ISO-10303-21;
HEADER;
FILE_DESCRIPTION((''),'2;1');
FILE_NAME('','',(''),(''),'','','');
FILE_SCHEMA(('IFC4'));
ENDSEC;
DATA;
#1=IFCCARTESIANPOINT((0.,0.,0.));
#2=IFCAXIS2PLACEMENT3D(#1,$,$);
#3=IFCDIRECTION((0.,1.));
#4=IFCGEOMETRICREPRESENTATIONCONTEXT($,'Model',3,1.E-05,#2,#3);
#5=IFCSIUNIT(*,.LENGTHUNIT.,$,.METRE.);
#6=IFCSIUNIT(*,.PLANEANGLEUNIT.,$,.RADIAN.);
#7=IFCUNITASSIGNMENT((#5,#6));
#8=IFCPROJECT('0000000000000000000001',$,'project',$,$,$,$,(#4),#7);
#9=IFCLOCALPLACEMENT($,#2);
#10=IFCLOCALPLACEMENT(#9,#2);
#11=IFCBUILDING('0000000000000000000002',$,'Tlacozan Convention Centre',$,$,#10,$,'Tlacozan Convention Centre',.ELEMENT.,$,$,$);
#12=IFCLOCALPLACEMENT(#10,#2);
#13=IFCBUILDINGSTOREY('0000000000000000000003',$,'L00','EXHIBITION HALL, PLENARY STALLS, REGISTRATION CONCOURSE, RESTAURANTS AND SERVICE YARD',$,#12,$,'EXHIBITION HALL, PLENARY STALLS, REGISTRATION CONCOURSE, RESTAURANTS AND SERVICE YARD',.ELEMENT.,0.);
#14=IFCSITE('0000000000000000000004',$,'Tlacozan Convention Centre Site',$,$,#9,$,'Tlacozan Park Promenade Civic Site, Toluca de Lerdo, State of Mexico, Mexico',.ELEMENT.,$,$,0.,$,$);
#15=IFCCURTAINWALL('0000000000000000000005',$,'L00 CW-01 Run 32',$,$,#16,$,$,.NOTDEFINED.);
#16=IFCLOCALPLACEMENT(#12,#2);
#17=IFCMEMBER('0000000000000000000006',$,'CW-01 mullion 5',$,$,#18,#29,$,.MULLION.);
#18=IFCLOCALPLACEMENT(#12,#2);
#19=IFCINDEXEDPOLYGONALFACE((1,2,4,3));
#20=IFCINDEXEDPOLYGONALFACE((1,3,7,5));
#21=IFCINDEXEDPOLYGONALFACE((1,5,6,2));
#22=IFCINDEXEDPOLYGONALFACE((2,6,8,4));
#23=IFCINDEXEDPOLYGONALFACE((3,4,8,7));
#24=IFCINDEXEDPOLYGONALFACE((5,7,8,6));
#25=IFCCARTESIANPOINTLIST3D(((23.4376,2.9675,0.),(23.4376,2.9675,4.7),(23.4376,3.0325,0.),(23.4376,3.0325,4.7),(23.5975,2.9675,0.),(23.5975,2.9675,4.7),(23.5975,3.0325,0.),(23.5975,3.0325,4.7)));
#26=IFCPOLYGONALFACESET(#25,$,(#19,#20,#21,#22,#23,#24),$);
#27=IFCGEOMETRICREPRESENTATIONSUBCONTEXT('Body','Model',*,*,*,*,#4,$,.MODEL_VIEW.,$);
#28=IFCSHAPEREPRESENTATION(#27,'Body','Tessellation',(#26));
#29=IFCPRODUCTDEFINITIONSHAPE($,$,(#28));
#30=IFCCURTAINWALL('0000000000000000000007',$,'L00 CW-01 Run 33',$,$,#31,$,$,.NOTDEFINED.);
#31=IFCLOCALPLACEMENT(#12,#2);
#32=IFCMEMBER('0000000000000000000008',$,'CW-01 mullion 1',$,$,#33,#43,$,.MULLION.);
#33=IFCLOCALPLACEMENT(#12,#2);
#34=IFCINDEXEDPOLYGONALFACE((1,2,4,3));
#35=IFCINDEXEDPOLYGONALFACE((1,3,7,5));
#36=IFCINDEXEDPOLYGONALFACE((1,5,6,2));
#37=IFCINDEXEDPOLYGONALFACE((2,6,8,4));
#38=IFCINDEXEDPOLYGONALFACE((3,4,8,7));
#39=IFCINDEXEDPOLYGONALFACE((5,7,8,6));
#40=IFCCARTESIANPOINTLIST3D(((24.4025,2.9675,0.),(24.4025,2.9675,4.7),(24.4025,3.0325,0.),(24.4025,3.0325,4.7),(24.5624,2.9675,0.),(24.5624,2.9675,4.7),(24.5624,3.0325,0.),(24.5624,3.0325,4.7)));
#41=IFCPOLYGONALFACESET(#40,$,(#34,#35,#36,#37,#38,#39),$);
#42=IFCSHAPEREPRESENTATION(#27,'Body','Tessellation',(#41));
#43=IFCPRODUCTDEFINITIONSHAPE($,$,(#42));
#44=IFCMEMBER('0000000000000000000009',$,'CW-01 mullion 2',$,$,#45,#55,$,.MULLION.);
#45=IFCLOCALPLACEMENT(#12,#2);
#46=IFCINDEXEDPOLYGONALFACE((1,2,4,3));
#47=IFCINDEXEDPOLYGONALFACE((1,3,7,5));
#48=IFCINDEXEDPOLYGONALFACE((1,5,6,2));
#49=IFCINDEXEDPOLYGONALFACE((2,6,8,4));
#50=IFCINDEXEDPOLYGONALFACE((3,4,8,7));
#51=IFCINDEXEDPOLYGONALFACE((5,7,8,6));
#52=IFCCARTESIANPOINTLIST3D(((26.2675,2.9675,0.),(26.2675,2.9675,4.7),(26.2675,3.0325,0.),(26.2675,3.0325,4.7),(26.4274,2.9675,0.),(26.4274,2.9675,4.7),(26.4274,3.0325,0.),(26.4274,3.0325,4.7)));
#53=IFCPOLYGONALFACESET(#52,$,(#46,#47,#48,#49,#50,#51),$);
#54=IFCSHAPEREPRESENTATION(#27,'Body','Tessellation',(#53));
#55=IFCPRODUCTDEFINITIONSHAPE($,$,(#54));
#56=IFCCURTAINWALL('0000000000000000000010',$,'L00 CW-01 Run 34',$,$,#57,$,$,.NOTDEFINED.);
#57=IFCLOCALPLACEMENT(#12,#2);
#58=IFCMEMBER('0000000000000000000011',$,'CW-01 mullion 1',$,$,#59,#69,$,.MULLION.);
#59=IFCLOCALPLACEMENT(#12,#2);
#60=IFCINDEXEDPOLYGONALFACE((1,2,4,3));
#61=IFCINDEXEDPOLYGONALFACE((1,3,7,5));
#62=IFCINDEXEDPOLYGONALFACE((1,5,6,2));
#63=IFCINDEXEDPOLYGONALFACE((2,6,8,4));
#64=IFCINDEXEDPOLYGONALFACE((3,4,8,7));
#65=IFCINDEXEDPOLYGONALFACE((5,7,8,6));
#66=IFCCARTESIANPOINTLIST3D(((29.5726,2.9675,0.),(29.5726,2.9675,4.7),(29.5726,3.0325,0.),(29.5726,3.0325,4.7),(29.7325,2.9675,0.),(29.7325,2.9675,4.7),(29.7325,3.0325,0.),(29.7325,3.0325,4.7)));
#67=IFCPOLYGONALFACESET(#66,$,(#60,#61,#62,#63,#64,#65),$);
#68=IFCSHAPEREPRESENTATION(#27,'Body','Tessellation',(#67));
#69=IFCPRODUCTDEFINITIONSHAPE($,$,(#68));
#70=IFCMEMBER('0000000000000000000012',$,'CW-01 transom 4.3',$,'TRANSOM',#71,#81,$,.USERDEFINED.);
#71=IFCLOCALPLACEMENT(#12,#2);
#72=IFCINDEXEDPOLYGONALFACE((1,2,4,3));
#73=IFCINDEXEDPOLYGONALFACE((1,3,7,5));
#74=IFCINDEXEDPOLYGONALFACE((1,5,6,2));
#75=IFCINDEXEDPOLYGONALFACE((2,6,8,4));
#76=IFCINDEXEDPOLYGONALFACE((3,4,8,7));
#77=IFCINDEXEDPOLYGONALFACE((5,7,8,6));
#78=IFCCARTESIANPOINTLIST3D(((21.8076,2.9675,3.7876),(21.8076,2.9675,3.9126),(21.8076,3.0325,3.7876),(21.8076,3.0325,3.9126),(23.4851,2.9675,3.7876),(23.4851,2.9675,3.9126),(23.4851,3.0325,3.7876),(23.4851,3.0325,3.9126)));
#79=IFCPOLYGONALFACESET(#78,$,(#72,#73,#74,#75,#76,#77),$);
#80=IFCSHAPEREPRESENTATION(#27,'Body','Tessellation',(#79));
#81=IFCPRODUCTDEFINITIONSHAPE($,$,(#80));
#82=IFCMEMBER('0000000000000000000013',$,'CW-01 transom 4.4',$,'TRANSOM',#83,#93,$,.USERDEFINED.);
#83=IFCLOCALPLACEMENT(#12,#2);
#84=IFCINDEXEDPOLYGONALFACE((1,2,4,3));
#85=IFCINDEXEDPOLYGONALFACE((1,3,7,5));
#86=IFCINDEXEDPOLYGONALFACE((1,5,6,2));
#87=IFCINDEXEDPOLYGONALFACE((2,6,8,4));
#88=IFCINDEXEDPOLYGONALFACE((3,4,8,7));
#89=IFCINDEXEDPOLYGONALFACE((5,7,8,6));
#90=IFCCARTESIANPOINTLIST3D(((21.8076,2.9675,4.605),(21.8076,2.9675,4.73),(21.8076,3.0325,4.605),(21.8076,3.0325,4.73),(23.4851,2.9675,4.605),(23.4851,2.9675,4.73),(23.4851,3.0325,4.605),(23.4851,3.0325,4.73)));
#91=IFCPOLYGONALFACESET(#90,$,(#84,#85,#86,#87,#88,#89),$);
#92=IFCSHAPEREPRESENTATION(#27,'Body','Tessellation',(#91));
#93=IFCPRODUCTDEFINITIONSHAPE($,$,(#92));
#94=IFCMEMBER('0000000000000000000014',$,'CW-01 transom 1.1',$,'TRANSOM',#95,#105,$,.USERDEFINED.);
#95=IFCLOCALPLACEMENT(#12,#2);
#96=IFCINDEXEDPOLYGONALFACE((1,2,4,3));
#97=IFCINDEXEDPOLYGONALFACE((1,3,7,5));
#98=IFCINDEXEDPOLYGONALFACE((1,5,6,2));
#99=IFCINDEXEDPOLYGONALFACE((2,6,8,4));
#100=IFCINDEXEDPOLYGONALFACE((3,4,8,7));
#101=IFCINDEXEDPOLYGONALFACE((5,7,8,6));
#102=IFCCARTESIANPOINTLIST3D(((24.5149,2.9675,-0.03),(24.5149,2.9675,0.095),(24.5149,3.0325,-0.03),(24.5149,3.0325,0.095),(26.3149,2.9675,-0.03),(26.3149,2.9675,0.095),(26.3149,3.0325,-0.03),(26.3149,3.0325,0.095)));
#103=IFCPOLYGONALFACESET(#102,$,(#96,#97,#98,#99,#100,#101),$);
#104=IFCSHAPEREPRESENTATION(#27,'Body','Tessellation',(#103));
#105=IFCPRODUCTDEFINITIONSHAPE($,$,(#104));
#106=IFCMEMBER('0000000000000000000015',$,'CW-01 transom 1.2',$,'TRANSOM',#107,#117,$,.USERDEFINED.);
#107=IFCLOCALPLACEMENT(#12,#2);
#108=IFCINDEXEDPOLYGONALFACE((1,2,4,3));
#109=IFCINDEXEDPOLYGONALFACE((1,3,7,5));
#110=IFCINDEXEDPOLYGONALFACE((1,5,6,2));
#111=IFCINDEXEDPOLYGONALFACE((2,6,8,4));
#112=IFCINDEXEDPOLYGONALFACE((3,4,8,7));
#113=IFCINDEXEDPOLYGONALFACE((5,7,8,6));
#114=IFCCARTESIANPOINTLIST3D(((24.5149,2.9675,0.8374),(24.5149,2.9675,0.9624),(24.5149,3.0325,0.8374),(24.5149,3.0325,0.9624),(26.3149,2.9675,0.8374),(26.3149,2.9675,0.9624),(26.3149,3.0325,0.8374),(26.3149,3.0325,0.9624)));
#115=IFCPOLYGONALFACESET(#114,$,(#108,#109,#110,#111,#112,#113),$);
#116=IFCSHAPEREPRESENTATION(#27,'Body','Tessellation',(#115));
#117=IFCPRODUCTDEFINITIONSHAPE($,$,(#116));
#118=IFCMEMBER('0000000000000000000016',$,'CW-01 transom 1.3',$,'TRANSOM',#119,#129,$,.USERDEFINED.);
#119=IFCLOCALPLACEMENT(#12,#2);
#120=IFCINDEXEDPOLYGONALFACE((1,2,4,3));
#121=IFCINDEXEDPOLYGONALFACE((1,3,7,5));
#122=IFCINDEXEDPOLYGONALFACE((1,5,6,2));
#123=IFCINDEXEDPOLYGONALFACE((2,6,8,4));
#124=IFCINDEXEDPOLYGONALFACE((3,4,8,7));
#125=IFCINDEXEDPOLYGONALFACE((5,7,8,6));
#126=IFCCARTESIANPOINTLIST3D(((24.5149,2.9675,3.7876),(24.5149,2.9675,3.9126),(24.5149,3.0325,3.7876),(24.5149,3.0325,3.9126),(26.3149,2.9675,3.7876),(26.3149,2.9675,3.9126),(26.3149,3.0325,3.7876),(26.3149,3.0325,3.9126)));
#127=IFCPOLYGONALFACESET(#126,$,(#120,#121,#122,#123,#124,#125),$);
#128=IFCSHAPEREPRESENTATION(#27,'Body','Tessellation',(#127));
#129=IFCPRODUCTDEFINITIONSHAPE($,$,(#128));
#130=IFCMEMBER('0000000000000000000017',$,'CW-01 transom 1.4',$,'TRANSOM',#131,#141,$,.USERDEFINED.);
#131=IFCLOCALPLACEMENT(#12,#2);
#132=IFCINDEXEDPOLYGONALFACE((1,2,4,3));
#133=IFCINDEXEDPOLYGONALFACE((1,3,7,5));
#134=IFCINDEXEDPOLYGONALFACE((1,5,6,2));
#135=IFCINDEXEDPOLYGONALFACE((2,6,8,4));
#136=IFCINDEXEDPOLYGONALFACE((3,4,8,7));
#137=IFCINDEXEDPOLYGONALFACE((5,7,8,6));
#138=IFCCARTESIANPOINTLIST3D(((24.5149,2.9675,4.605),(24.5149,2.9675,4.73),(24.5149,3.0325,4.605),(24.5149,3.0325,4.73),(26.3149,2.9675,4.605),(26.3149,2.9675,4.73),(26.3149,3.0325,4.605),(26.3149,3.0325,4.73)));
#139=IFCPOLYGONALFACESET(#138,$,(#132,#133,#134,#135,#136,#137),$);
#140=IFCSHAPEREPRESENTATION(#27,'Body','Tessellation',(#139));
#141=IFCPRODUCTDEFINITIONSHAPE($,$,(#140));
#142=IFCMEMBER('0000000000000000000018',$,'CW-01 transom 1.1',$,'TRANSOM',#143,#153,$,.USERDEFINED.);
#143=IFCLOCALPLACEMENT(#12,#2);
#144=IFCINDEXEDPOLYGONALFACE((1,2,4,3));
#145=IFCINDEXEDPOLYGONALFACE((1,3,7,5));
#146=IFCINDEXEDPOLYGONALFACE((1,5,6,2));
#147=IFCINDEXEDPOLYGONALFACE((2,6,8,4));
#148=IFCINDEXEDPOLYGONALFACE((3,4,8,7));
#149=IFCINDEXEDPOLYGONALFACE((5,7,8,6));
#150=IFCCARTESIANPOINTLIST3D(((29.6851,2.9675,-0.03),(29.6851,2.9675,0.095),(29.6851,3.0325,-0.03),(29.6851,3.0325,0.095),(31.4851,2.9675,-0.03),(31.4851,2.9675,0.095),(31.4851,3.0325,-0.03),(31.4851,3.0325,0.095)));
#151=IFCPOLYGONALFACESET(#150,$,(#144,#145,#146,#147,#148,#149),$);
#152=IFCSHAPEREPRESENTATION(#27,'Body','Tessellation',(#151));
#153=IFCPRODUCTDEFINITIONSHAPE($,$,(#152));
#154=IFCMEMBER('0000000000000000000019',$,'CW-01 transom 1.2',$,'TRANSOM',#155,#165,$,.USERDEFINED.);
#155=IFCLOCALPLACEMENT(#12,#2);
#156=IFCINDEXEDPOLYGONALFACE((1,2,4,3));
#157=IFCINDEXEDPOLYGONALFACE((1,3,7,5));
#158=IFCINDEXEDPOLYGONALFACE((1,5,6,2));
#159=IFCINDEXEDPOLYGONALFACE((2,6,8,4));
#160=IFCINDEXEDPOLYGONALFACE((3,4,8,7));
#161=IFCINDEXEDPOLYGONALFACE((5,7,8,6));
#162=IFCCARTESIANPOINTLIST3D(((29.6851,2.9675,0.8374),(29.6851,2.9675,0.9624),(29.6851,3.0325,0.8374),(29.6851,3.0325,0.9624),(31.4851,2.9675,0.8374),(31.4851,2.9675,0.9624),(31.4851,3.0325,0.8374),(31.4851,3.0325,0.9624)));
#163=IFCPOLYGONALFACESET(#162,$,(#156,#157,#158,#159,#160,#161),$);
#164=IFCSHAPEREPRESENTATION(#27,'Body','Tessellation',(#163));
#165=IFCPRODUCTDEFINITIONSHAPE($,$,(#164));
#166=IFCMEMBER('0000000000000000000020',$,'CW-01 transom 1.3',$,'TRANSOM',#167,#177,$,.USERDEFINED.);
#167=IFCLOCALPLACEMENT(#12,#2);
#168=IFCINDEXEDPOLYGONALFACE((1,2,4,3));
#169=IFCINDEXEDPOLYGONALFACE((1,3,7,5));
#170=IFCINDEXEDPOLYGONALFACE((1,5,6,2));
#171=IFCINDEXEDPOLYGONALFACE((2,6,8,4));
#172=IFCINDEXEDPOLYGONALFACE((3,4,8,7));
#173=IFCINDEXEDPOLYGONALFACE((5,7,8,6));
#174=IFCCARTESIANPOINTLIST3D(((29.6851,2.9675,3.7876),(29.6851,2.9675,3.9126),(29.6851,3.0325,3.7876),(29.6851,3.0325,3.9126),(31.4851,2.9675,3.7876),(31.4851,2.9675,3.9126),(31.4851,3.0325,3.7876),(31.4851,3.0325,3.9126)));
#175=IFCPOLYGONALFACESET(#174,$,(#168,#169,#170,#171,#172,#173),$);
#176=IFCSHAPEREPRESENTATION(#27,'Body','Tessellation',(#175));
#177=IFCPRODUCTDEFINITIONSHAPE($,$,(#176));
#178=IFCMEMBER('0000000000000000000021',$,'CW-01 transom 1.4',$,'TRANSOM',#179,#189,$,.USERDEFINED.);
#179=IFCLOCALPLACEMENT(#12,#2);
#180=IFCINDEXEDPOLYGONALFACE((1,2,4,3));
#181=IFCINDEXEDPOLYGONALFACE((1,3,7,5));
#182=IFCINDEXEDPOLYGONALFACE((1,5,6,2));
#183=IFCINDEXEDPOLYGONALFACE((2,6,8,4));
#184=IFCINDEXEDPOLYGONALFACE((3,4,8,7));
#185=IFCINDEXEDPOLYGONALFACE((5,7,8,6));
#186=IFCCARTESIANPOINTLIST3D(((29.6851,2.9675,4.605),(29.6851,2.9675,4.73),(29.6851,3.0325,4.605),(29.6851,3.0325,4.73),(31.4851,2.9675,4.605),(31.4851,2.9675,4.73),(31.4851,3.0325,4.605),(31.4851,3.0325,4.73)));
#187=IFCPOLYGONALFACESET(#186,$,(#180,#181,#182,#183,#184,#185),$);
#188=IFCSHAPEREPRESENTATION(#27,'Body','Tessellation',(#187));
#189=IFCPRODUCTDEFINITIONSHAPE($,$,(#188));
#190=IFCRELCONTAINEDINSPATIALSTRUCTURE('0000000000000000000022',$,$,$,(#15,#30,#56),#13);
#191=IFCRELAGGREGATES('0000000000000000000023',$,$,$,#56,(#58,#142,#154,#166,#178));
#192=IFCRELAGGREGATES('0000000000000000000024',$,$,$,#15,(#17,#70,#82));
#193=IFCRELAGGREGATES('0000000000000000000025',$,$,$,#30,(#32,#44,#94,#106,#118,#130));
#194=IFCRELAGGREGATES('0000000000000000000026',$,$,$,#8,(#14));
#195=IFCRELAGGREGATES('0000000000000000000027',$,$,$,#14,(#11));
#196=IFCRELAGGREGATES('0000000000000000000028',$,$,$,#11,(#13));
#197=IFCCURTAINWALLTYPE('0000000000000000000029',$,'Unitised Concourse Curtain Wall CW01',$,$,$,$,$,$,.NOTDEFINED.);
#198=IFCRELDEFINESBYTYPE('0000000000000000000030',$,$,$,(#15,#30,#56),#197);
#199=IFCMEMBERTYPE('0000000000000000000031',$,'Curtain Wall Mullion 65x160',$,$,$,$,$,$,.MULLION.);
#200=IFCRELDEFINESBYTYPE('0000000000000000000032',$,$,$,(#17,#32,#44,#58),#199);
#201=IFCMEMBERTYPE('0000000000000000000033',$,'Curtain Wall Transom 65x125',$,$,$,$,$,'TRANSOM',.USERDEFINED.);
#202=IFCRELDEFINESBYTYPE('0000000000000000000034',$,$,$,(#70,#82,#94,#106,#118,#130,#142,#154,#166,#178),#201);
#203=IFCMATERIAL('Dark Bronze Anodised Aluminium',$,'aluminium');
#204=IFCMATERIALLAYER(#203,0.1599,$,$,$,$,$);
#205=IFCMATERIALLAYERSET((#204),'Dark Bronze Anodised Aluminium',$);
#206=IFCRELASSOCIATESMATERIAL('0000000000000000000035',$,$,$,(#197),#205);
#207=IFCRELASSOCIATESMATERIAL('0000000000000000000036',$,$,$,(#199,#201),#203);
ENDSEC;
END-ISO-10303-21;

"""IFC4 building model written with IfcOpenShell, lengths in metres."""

from ifc_helpers import new_model, si_unit, direction, frame, origin, origin_2d, place, context, subcontext, project, spatial, rectangle, extrude, material, layer, layer_set, material_profile, profile_set, type_object, element, aggregate, save


model = new_model("IFC4")

# Units and contexts
model_context = context("Model", 3, precision=1e-05, world=origin(), true_north=direction((0.0, 1.0)))
body_context = subcontext(model_context, "Body", "Model", "MODEL_VIEW")
ifc_project = project(units=[si_unit("LENGTHUNIT", "METRE"), si_unit("PLANEANGLEUNIT", "RADIAN")], contexts=[model_context])

# Site, building, storey
site_placement = place(None, origin())
site = spatial("IfcSite", under=ifc_project, at=site_placement, Name="Tlacozan Convention Centre Site", LongName="Tlacozan Park Promenade Civic Site, Toluca de Lerdo, State of Mexico, Mexico", CompositionType="ELEMENT", RefElevation=0.0)
building_placement = place(site_placement, origin())
building = spatial("IfcBuilding", under=site, at=building_placement, Name="Tlacozan Convention Centre", LongName="Tlacozan Convention Centre", CompositionType="ELEMENT")
storey_placement = place(building_placement, origin())
storey = spatial("IfcBuildingStorey", under=building, at=storey_placement, Name="L00", Description="EXHIBITION HALL, PLENARY STALLS, REGISTRATION CONCOURSE, RESTAURANTS AND SERVICE YARD", LongName="EXHIBITION HALL, PLENARY STALLS, REGISTRATION CONCOURSE, RESTAURANTS AND SERVICE YARD", CompositionType="ELEMENT", Elevation=0.0)

# Curtain wall, member
ifc_material_1 = material(Name="Dark Bronze Anodised Aluminium", Category="aluminium")
ifc_layer_1 = layer(ifc_material_1, 0.1599)
ifc_layer_set_1 = layer_set([ifc_layer_1], Name="Dark Bronze Anodised Aluminium")
curtain_wall_type = type_object("IfcCurtainWallType", Name="Unitised Concourse Curtain Wall CW01", PredefinedType="NOTDEFINED", material=ifc_layer_set_1)
curtain_wall_1_placement = place(storey_placement, origin())
curtain_wall_1 = element("IfcCurtainWall", 1, at=curtain_wall_1_placement, inside=storey, type_object=curtain_wall_type, Name="L00 CW-01 Run 32", PredefinedType="NOTDEFINED")
ifc_material_profile_1 = material_profile(ifc_material_1, rectangle(XDim=0.0649, YDim=0.1599, at=origin_2d()), Name="ALU 65x160")
ifc_profile_set_1 = profile_set([ifc_material_profile_1], Name="Dark Bronze Anodised Aluminium")
member_type_1 = type_object("IfcMemberType", Name="Curtain Wall Mullion 65x160", PredefinedType="MULLION", material=ifc_profile_set_1)
member_1_placement = place(storey_placement, frame((23.5176, 3.0, 0.0), z_axis=(0.0, 0.0, 1.0), x_axis=(0.0, 1.0, 0.0)))
member_1 = element("IfcMember", 2, at=member_1_placement, type_object=member_type_1, Name="CW-01 mullion 5", PredefinedType="MULLION", context=body_context, shape_type="SweptSolid", body=[
    extrude(rectangle(XDim=0.0649, YDim=0.1599, at=origin_2d()), origin(), (0.0, 0.0, 1.0), 4.7),
])

# Curtain wall, members
curtain_wall_2_placement = place(storey_placement, origin())
curtain_wall_2 = element("IfcCurtainWall", 3, at=curtain_wall_2_placement, inside=storey, type_object=curtain_wall_type, Name="L00 CW-01 Run 33", PredefinedType="NOTDEFINED")
member_2_placement = place(storey_placement, frame((24.4824, 3.0, 0.0), z_axis=(0.0, 0.0, 1.0), x_axis=(0.0, 1.0, 0.0)))
member_2 = element("IfcMember", 4, at=member_2_placement, type_object=member_type_1, Name="CW-01 mullion 1", PredefinedType="MULLION", context=body_context, shape_type="SweptSolid", body=[
    extrude(rectangle(XDim=0.0649, YDim=0.1599, at=origin_2d()), origin(), (0.0, 0.0, 1.0), 4.7),
])
member_3_placement = place(storey_placement, frame((26.3474, 3.0, 0.0), z_axis=(0.0, 0.0, 1.0), x_axis=(0.0, 1.0, 0.0)))
member_3 = element("IfcMember", 5, at=member_3_placement, type_object=member_type_1, Name="CW-01 mullion 2", PredefinedType="MULLION", context=body_context, shape_type="SweptSolid", body=[
    extrude(rectangle(XDim=0.0649, YDim=0.1599, at=origin_2d()), origin(), (0.0, 0.0, 1.0), 4.7),
])

# Curtain wall, member
curtain_wall_3_placement = place(storey_placement, origin())
curtain_wall_3 = element("IfcCurtainWall", 6, at=curtain_wall_3_placement, inside=storey, type_object=curtain_wall_type, Name="L00 CW-01 Run 34", PredefinedType="NOTDEFINED")
member_4_placement = place(storey_placement, frame((29.6526, 3.0, 0.0), z_axis=(0.0, 0.0, 1.0), x_axis=(0.0, 1.0, 0.0)))
member_4 = element("IfcMember", 7, at=member_4_placement, type_object=member_type_1, Name="CW-01 mullion 1", PredefinedType="MULLION", context=body_context, shape_type="SweptSolid", body=[
    extrude(rectangle(XDim=0.0649, YDim=0.1599, at=origin_2d()), origin(), (0.0, 0.0, 1.0), 4.7),
])

# Members
ifc_material_profile_2 = material_profile(ifc_material_1, rectangle(XDim=0.0649, YDim=0.125, at=origin_2d()), Name="ALU 65x125")
ifc_profile_set_2 = profile_set([ifc_material_profile_2], Name="Dark Bronze Anodised Aluminium")
member_type_2 = type_object("IfcMemberType", Name="Curtain Wall Transom 65x125", ElementType="TRANSOM", PredefinedType="USERDEFINED", material=ifc_profile_set_2)
member_5_placement = place(storey_placement, frame((21.8076, 3.0, 3.8501), z_axis=(1.0, 0.0, 0.0), x_axis=(0.0, 1.0, 0.0)))
member_5 = element("IfcMember", 8, at=member_5_placement, type_object=member_type_2, Name="CW-01 transom 4.3", ObjectType="TRANSOM", PredefinedType="USERDEFINED", context=body_context, shape_type="SweptSolid", body=[
    extrude(rectangle(XDim=0.0649, YDim=0.125, at=origin_2d()), origin(), (0.0, 0.0, 1.0), 1.6775),
])
member_6_placement = place(storey_placement, frame((21.8076, 3.0, 4.6675), z_axis=(1.0, 0.0, 0.0), x_axis=(0.0, 1.0, 0.0)))
member_6 = element("IfcMember", 9, at=member_6_placement, type_object=member_type_2, Name="CW-01 transom 4.4", ObjectType="TRANSOM", PredefinedType="USERDEFINED", context=body_context, shape_type="SweptSolid", body=[
    extrude(rectangle(XDim=0.0649, YDim=0.125, at=origin_2d()), origin(), (0.0, 0.0, 1.0), 1.6775),
])
member_7_placement = place(storey_placement, frame((24.5149, 3.0, 0.0325), z_axis=(1.0, 0.0, 0.0), x_axis=(0.0, 1.0, 0.0)))
member_7 = element("IfcMember", 10, at=member_7_placement, type_object=member_type_2, Name="CW-01 transom 1.1", ObjectType="TRANSOM", PredefinedType="USERDEFINED", context=body_context, shape_type="SweptSolid", body=[
    extrude(rectangle(XDim=0.0649, YDim=0.125, at=origin_2d()), origin(), (0.0, 0.0, 1.0), 1.8),
])
member_8_placement = place(storey_placement, frame((24.5149, 3.0, 0.8999), z_axis=(1.0, 0.0, 0.0), x_axis=(0.0, 1.0, 0.0)))
member_8 = element("IfcMember", 11, at=member_8_placement, type_object=member_type_2, Name="CW-01 transom 1.2", ObjectType="TRANSOM", PredefinedType="USERDEFINED", context=body_context, shape_type="SweptSolid", body=[
    extrude(rectangle(XDim=0.0649, YDim=0.125, at=origin_2d()), origin(), (0.0, 0.0, 1.0), 1.8),
])
member_9_placement = place(storey_placement, frame((24.5149, 3.0, 3.8501), z_axis=(1.0, 0.0, 0.0), x_axis=(0.0, 1.0, 0.0)))
member_9 = element("IfcMember", 12, at=member_9_placement, type_object=member_type_2, Name="CW-01 transom 1.3", ObjectType="TRANSOM", PredefinedType="USERDEFINED", context=body_context, shape_type="SweptSolid", body=[
    extrude(rectangle(XDim=0.0649, YDim=0.125, at=origin_2d()), origin(), (0.0, 0.0, 1.0), 1.8),
])
member_10_placement = place(storey_placement, frame((24.5149, 3.0, 4.6675), z_axis=(1.0, 0.0, 0.0), x_axis=(0.0, 1.0, 0.0)))
member_10 = element("IfcMember", 13, at=member_10_placement, type_object=member_type_2, Name="CW-01 transom 1.4", ObjectType="TRANSOM", PredefinedType="USERDEFINED", context=body_context, shape_type="SweptSolid", body=[
    extrude(rectangle(XDim=0.0649, YDim=0.125, at=origin_2d()), origin(), (0.0, 0.0, 1.0), 1.8),
])
member_11_placement = place(storey_placement, frame((29.6851, 3.0, 0.0325), z_axis=(1.0, 0.0, 0.0), x_axis=(0.0, 1.0, 0.0)))
member_11 = element("IfcMember", 14, at=member_11_placement, type_object=member_type_2, Name="CW-01 transom 1.1", ObjectType="TRANSOM", PredefinedType="USERDEFINED", context=body_context, shape_type="SweptSolid", body=[
    extrude(rectangle(XDim=0.0649, YDim=0.125, at=origin_2d()), origin(), (0.0, 0.0, 1.0), 1.8),
])
member_12_placement = place(storey_placement, frame((29.6851, 3.0, 0.8999), z_axis=(1.0, 0.0, 0.0), x_axis=(0.0, 1.0, 0.0)))
member_12 = element("IfcMember", 15, at=member_12_placement, type_object=member_type_2, Name="CW-01 transom 1.2", ObjectType="TRANSOM", PredefinedType="USERDEFINED", context=body_context, shape_type="SweptSolid", body=[
    extrude(rectangle(XDim=0.0649, YDim=0.125, at=origin_2d()), origin(), (0.0, 0.0, 1.0), 1.8),
])
member_13_placement = place(storey_placement, frame((29.6851, 3.0, 3.8501), z_axis=(1.0, 0.0, 0.0), x_axis=(0.0, 1.0, 0.0)))
member_13 = element("IfcMember", 16, at=member_13_placement, type_object=member_type_2, Name="CW-01 transom 1.3", ObjectType="TRANSOM", PredefinedType="USERDEFINED", context=body_context, shape_type="SweptSolid", body=[
    extrude(rectangle(XDim=0.0649, YDim=0.125, at=origin_2d()), origin(), (0.0, 0.0, 1.0), 1.8),
])
member_14_placement = place(storey_placement, frame((29.6851, 3.0, 4.6675), z_axis=(1.0, 0.0, 0.0), x_axis=(0.0, 1.0, 0.0)))
member_14 = element("IfcMember", 17, at=member_14_placement, type_object=member_type_2, Name="CW-01 transom 1.4", ObjectType="TRANSOM", PredefinedType="USERDEFINED", context=body_context, shape_type="SweptSolid", body=[
    extrude(rectangle(XDim=0.0649, YDim=0.125, at=origin_2d()), origin(), (0.0, 0.0, 1.0), 1.8),
])
aggregate(curtain_wall_3, [member_4, member_11, member_12, member_13, member_14])

aggregate(curtain_wall_1, [member_1, member_5, member_6])
aggregate(curtain_wall_2, [member_2, member_3, member_7, member_8, member_9, member_10])

save(model, "model.ifc")
